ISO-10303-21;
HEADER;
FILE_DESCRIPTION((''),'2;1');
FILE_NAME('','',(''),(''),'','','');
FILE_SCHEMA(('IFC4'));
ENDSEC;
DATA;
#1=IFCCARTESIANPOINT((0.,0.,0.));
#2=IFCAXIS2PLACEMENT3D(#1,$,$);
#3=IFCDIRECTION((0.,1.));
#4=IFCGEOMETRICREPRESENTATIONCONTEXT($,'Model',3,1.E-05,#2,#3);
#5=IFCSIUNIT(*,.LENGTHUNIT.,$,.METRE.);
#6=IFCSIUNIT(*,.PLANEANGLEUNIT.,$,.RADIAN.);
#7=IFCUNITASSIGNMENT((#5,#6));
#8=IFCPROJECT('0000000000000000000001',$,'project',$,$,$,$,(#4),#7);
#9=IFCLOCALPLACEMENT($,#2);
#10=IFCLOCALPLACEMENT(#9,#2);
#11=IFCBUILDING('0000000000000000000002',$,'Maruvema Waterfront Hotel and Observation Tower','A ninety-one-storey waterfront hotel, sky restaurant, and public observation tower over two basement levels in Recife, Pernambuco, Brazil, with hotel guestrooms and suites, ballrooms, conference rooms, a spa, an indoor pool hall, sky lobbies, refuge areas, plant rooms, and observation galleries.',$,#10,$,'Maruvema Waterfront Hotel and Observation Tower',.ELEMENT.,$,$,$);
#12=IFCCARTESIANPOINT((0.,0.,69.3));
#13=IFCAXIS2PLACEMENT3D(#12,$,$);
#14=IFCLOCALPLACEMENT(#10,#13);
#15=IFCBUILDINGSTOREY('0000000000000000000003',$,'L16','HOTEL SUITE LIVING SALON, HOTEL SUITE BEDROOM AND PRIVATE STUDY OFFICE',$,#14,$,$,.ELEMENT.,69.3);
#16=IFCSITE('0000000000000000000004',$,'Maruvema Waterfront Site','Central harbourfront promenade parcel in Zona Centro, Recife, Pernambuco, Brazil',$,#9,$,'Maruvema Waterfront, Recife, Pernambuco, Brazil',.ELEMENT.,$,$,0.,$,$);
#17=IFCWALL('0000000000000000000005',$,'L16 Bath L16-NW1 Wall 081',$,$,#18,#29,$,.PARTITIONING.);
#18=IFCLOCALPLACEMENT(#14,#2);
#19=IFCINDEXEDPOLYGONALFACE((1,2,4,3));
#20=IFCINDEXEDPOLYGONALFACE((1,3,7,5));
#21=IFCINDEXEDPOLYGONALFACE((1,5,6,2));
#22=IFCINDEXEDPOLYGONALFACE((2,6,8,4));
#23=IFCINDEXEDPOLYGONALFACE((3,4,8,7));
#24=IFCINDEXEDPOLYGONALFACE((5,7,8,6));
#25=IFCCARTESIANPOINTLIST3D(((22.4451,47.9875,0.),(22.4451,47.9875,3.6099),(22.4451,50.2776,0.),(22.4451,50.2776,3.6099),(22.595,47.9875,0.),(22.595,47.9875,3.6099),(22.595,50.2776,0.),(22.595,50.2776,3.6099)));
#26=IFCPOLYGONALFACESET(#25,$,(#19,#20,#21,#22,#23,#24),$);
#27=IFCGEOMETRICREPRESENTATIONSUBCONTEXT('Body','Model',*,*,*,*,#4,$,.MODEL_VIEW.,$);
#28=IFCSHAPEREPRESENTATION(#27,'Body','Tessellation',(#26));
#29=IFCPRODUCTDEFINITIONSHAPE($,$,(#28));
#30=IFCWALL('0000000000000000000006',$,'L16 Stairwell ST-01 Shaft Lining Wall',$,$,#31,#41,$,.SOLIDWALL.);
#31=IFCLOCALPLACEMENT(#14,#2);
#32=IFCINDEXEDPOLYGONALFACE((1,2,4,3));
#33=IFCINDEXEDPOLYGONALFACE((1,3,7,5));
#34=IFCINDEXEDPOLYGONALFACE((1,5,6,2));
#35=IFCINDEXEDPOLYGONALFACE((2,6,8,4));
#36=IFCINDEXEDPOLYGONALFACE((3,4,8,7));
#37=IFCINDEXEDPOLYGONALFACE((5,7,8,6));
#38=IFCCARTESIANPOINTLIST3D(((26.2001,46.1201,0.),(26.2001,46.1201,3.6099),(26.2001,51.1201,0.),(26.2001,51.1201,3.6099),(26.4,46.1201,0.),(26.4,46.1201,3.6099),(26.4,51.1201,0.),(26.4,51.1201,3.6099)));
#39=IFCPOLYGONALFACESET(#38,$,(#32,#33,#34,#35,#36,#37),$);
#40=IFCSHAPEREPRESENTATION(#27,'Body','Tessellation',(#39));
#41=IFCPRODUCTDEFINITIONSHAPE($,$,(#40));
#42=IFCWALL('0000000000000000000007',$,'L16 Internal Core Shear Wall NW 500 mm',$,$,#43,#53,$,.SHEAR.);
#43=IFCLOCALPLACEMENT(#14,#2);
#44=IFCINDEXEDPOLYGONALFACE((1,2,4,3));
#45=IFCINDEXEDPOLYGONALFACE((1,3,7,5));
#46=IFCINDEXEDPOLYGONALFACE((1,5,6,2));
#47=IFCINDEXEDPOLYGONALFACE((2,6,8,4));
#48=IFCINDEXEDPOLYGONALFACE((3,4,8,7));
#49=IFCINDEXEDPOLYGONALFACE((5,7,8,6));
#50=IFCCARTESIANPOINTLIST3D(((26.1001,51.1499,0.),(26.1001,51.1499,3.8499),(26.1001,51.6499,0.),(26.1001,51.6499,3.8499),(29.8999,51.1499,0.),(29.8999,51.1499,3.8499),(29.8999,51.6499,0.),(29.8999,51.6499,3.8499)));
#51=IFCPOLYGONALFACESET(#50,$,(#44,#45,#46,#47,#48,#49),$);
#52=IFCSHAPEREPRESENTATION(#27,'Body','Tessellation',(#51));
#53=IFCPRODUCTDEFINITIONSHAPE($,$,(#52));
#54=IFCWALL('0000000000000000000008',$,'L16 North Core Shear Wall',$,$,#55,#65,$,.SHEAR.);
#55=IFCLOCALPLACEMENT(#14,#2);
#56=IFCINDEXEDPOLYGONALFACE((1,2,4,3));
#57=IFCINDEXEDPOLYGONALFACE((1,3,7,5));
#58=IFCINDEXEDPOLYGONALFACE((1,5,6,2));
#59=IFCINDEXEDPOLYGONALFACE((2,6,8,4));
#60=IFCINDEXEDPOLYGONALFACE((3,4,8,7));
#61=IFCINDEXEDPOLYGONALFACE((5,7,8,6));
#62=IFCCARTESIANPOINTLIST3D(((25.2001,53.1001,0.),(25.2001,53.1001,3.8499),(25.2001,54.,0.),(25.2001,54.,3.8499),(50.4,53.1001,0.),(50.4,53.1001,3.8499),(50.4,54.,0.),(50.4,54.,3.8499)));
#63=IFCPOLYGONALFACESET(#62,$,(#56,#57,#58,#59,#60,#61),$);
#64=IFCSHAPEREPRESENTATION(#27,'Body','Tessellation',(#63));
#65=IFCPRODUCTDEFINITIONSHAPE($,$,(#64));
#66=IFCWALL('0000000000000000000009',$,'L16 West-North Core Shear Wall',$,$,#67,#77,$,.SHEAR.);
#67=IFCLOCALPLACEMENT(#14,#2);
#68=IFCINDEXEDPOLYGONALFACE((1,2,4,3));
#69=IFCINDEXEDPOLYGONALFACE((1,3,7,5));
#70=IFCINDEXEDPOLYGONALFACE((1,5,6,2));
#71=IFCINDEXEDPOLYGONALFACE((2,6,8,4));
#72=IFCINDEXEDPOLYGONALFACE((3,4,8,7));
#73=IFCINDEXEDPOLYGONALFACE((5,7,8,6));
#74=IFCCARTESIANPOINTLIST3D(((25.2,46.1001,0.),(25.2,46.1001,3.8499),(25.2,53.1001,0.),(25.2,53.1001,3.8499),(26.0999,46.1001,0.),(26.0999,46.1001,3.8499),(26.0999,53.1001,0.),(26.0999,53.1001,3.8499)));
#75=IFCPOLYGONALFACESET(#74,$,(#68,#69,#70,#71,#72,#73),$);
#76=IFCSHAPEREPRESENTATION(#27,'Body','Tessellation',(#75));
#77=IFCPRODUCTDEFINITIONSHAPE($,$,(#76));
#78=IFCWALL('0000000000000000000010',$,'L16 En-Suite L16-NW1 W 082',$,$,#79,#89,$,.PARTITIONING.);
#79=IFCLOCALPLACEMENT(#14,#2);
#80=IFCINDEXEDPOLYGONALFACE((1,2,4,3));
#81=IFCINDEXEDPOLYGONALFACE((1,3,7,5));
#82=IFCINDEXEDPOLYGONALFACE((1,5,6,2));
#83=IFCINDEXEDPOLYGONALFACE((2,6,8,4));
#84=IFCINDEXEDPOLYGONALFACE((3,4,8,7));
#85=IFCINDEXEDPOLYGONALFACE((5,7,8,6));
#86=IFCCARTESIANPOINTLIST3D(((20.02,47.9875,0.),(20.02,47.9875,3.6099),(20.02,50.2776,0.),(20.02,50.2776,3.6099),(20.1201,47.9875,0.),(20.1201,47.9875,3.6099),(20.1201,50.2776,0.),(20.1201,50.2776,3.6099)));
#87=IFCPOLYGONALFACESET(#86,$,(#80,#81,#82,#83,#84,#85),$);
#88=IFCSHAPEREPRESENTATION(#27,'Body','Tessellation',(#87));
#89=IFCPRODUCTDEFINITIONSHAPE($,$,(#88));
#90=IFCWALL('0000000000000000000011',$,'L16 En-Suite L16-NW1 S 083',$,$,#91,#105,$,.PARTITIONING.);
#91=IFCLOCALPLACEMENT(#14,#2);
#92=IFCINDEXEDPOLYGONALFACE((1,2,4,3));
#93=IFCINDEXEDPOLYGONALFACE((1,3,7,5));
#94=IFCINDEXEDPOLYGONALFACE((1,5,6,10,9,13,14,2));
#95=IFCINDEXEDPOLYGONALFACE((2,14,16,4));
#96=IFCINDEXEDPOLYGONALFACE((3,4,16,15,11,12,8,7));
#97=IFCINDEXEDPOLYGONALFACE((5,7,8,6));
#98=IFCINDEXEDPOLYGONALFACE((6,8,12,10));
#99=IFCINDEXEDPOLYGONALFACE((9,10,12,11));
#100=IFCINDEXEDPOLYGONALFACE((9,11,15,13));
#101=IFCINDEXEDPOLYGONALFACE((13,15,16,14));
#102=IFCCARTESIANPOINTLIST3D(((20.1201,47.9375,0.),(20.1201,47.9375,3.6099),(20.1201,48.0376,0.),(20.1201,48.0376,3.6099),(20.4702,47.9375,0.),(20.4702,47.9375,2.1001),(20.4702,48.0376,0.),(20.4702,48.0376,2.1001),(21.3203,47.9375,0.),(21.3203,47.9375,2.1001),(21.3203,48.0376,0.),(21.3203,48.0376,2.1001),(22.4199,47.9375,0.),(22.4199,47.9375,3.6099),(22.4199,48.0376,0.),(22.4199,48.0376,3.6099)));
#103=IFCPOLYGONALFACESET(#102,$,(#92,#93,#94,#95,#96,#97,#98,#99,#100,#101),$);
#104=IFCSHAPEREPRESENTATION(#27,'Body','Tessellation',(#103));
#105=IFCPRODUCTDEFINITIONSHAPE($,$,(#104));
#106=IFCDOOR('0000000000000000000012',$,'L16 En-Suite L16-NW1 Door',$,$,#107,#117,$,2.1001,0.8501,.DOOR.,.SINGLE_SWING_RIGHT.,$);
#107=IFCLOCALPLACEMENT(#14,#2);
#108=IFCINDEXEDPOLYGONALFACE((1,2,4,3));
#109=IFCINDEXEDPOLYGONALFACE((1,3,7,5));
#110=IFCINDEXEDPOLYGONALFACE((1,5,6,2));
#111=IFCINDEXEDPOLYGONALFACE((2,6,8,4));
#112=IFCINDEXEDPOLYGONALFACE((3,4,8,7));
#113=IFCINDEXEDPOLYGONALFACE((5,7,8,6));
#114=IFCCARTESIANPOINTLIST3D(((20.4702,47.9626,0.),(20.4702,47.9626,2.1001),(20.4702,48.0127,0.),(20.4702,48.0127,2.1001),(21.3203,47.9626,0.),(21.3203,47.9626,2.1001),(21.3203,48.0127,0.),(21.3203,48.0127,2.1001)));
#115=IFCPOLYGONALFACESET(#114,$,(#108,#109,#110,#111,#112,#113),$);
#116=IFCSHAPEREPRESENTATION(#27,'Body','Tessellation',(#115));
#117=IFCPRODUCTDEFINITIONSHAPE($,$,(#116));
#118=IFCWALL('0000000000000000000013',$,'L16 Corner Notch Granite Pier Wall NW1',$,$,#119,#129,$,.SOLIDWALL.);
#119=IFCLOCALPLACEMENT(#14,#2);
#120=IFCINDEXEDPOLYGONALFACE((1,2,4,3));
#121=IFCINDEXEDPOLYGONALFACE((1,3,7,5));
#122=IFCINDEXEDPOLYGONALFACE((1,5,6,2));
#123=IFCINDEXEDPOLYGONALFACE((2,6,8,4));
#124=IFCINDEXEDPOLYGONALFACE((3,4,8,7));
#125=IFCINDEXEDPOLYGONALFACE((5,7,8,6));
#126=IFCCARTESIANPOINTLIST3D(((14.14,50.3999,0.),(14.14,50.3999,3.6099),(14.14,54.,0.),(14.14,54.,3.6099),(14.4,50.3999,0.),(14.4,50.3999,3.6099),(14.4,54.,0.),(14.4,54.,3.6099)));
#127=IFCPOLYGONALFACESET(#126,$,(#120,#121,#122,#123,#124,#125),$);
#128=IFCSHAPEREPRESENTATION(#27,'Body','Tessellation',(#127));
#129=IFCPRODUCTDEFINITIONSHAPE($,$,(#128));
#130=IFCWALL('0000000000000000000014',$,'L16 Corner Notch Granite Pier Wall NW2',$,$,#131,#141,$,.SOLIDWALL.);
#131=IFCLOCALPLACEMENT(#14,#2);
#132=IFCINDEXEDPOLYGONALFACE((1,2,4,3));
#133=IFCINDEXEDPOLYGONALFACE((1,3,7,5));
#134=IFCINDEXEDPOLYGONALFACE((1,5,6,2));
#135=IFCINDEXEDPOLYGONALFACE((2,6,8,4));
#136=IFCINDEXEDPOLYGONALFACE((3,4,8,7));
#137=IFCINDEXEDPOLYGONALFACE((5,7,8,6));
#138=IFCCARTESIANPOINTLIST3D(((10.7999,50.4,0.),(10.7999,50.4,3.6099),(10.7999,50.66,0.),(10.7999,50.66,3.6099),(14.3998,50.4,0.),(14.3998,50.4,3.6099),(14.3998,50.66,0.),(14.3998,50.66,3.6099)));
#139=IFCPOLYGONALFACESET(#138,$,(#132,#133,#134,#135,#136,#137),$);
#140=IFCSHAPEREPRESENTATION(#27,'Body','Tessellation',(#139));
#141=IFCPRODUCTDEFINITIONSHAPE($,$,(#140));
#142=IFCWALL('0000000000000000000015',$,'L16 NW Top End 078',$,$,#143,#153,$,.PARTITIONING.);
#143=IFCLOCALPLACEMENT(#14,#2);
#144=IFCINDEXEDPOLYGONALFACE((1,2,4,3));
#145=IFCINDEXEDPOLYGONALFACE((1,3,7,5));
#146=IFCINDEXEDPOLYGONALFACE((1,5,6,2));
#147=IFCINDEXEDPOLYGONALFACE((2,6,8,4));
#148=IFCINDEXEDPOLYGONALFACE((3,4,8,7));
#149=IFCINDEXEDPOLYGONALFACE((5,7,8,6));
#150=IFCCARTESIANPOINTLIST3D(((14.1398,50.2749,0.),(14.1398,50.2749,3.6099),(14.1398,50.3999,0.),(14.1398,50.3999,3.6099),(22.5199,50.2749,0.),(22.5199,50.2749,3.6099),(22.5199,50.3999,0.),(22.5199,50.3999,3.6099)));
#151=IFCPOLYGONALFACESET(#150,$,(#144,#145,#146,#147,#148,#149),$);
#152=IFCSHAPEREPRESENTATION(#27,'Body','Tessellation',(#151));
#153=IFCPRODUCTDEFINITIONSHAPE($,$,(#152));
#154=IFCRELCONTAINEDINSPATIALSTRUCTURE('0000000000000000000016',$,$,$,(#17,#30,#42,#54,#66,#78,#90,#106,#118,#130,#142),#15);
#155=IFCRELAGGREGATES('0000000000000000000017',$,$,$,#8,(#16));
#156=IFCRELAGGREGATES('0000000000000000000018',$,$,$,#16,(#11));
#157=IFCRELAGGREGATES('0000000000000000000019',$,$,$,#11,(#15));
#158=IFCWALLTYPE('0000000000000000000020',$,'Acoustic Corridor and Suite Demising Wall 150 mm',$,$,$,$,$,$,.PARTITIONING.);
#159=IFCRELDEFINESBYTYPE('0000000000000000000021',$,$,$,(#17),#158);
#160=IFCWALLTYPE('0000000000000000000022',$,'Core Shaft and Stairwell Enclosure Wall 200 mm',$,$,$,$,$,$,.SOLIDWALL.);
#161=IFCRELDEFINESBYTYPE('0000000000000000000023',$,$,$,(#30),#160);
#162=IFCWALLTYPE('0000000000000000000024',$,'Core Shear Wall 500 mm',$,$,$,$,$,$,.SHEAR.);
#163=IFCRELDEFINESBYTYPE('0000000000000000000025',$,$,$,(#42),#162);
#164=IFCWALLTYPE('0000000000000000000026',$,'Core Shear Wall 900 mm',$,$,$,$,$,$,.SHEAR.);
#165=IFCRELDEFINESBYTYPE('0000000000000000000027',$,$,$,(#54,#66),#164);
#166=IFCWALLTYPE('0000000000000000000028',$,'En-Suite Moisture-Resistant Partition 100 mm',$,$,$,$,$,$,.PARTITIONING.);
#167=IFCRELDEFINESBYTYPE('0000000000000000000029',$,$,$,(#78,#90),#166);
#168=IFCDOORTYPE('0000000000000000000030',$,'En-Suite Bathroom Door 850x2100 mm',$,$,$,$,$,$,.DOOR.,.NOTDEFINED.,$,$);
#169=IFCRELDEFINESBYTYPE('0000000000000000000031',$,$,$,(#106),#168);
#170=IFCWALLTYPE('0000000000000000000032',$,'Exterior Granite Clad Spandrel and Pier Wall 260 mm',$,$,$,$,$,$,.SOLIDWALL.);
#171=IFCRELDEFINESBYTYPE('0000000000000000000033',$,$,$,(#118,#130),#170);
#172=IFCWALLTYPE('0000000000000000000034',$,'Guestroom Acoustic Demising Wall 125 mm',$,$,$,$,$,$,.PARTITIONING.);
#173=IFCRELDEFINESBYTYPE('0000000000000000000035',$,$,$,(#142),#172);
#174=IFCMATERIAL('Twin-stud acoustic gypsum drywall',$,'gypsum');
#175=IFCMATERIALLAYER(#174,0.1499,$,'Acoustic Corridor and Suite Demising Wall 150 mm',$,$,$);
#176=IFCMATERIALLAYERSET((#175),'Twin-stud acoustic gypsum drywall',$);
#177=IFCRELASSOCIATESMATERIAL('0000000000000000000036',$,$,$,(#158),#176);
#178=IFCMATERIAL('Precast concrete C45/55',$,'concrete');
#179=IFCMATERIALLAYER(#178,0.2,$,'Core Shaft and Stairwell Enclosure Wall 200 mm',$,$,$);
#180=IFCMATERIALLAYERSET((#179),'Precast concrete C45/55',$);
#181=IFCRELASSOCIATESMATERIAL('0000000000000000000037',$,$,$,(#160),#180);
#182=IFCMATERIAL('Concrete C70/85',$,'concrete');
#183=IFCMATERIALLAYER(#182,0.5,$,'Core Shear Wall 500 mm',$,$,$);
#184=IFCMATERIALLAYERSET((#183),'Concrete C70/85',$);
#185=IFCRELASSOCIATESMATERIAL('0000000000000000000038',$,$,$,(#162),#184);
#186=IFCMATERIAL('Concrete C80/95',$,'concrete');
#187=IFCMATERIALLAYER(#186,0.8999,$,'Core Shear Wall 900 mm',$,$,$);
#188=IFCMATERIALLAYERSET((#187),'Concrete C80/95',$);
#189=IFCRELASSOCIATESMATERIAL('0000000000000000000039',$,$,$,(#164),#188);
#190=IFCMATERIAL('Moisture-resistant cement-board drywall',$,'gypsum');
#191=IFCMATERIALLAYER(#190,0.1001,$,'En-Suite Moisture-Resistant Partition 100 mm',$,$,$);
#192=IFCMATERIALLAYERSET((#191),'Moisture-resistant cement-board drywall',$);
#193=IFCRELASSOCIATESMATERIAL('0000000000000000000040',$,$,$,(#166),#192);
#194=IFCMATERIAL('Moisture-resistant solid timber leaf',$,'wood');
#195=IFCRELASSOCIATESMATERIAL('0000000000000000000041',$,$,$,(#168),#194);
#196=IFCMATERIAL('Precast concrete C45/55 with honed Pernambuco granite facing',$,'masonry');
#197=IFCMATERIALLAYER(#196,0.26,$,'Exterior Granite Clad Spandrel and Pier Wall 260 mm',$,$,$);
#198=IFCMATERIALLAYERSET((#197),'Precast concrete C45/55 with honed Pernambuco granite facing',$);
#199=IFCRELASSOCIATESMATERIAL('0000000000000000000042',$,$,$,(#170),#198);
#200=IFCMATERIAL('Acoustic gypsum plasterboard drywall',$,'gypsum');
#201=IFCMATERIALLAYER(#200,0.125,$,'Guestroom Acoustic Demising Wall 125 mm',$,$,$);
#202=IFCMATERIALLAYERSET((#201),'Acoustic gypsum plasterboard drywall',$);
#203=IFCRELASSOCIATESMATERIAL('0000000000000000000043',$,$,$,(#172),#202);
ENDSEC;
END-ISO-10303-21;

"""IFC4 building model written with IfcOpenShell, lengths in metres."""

from ifc_helpers import new_model, si_unit, direction, frame, frame_2d, origin, place, context, subcontext, project, spatial, rectangle, extrude, material, layer, layer_set, type_object, element, fill, save


model = new_model("IFC4")

# Units and contexts
model_context = context("Model", 3, precision=1e-05, world=origin(), true_north=direction((0.0, 1.0)))
body_context = subcontext(model_context, "Body", "Model", "MODEL_VIEW")
ifc_project = project(units=[si_unit("LENGTHUNIT", "METRE"), si_unit("PLANEANGLEUNIT", "RADIAN")], contexts=[model_context])

# Site, building, storey
site_placement = place(None, origin())
site = spatial("IfcSite", under=ifc_project, at=site_placement, Name="Maruvema Waterfront Site", Description="Central harbourfront promenade parcel in Zona Centro, Recife, Pernambuco, Brazil", LongName="Maruvema Waterfront, Recife, Pernambuco, Brazil", CompositionType="ELEMENT", RefElevation=0.0)
building_placement = place(site_placement, origin())
building = spatial("IfcBuilding", under=site, at=building_placement, Name="Maruvema Waterfront Hotel and Observation Tower", Description="A ninety-one-storey waterfront hotel, sky restaurant, and public observation tower over two basement levels in Recife, Pernambuco, Brazil, with hotel guestrooms and suites, ballrooms, conference rooms, a spa, an indoor pool hall, sky lobbies, refuge areas, plant rooms, and observation galleries.", LongName="Maruvema Waterfront Hotel and Observation Tower", CompositionType="ELEMENT")
storey_placement = place(building_placement, frame((0.0, 0.0, 69.3)))
storey = spatial("IfcBuildingStorey", under=building, at=storey_placement, Name="L16", Description="HOTEL SUITE LIVING SALON, HOTEL SUITE BEDROOM AND PRIVATE STUDY OFFICE", CompositionType="ELEMENT", Elevation=69.3)

# Walls
ifc_material_1 = material(Name="Twin-stud acoustic gypsum drywall", Category="gypsum")
ifc_layer_1 = layer(ifc_material_1, 0.1499, Name="Acoustic Corridor and Suite Demising Wall 150 mm")
ifc_layer_set_1 = layer_set([ifc_layer_1], Name="Twin-stud acoustic gypsum drywall")
wall_type_1 = type_object("IfcWallType", Name="Acoustic Corridor and Suite Demising Wall 150 mm", PredefinedType="PARTITIONING", material=ifc_layer_set_1)
wall_1_placement = place(storey_placement, frame((22.52, 47.9875, 0.0), z_axis=(0.0, 0.0, 1.0), x_axis=(0.0, 1.0, 0.0)))
element("IfcWall", 1, at=wall_1_placement, inside=storey, type_object=wall_type_1, Name="L16 Bath L16-NW1 Wall 081", PredefinedType="PARTITIONING", context=body_context, shape_type="SweptSolid", body=[
    extrude(rectangle(XDim=2.29, YDim=0.1499, at=frame_2d((1.145, 0.0))), origin(), (0.0, 0.0, 1.0), 3.6099),
])
ifc_material_2 = material(Name="Precast concrete C45/55", Category="concrete")
ifc_layer_2 = layer(ifc_material_2, 0.2, Name="Core Shaft and Stairwell Enclosure Wall 200 mm")
ifc_layer_set_2 = layer_set([ifc_layer_2], Name="Precast concrete C45/55")
wall_type_2 = type_object("IfcWallType", Name="Core Shaft and Stairwell Enclosure Wall 200 mm", PredefinedType="SOLIDWALL", material=ifc_layer_set_2)
wall_2_placement = place(storey_placement, frame((26.3, 46.1201, 0.0), z_axis=(0.0, 0.0, 1.0), x_axis=(0.0, 1.0, 0.0)))
element("IfcWall", 2, at=wall_2_placement, inside=storey, type_object=wall_type_2, Name="L16 Stairwell ST-01 Shaft Lining Wall", PredefinedType="SOLIDWALL", context=body_context, shape_type="SweptSolid", body=[
    extrude(rectangle(XDim=5.0, YDim=0.2, at=frame_2d((2.5, 0.0))), origin(), (0.0, 0.0, 1.0), 3.6099),
])
ifc_material_3 = material(Name="Concrete C70/85", Category="concrete")
ifc_layer_3 = layer(ifc_material_3, 0.5, Name="Core Shear Wall 500 mm")
ifc_layer_set_3 = layer_set([ifc_layer_3], Name="Concrete C70/85")
wall_type_3 = type_object("IfcWallType", Name="Core Shear Wall 500 mm", PredefinedType="SHEAR", material=ifc_layer_set_3)
wall_3_placement = place(storey_placement, frame((26.1001, 51.3999, 0.0), z_axis=(0.0, 0.0, 1.0), x_axis=(1.0, 0.0, 0.0)))
element("IfcWall", 3, at=wall_3_placement, inside=storey, type_object=wall_type_3, Name="L16 Internal Core Shear Wall NW 500 mm", PredefinedType="SHEAR", context=body_context, shape_type="SweptSolid", body=[
    extrude(rectangle(XDim=3.7998, YDim=0.5, at=frame_2d((1.8999, 0.0))), origin(), (0.0, 0.0, 1.0), 3.8499),
])
ifc_material_4 = material(Name="Concrete C80/95", Category="concrete")
ifc_layer_4 = layer(ifc_material_4, 0.8999, Name="Core Shear Wall 900 mm")
ifc_layer_set_4 = layer_set([ifc_layer_4], Name="Concrete C80/95")
wall_type_4 = type_object("IfcWallType", Name="Core Shear Wall 900 mm", PredefinedType="SHEAR", material=ifc_layer_set_4)
wall_4_placement = place(storey_placement, frame((25.2, 53.55, 0.0), z_axis=(0.0, 0.0, 1.0), x_axis=(1.0, 0.0, 0.0)))
element("IfcWall", 4, at=wall_4_placement, inside=storey, type_object=wall_type_4, Name="L16 North Core Shear Wall", PredefinedType="SHEAR", context=body_context, shape_type="SweptSolid", body=[
    extrude(rectangle(XDim=25.2, YDim=0.8999, at=frame_2d((12.6001, 0.0))), origin(), (0.0, 0.0, 1.0), 3.8499),
])
wall_5_placement = place(storey_placement, frame((25.6499, 46.1001, 0.0), z_axis=(0.0, 0.0, 1.0), x_axis=(0.0, 1.0, 0.0)))
element("IfcWall", 5, at=wall_5_placement, inside=storey, type_object=wall_type_4, Name="L16 West-North Core Shear Wall", PredefinedType="SHEAR", context=body_context, shape_type="SweptSolid", body=[
    extrude(rectangle(XDim=7.0, YDim=0.8999, at=frame_2d((3.5, 0.0))), origin(), (0.0, 0.0, 1.0), 3.8499),
])
ifc_material_5 = material(Name="Moisture-resistant cement-board drywall", Category="gypsum")
ifc_layer_5 = layer(ifc_material_5, 0.1001, Name="En-Suite Moisture-Resistant Partition 100 mm")
ifc_layer_set_5 = layer_set([ifc_layer_5], Name="Moisture-resistant cement-board drywall")
wall_type_5 = type_object("IfcWallType", Name="En-Suite Moisture-Resistant Partition 100 mm", PredefinedType="PARTITIONING", material=ifc_layer_set_5)
wall_6_placement = place(storey_placement, frame((20.0701, 47.9875, 0.0), z_axis=(0.0, 0.0, 1.0), x_axis=(0.0, 1.0, 0.0)))
element("IfcWall", 6, at=wall_6_placement, inside=storey, type_object=wall_type_5, Name="L16 En-Suite L16-NW1 W 082", PredefinedType="PARTITIONING", context=body_context, shape_type="SweptSolid", body=[
    extrude(rectangle(XDim=2.29, YDim=0.1001, at=frame_2d((1.145, 0.0))), origin(), (0.0, 0.0, 1.0), 3.6099),
])

# Wall, opening, door
wall_7_placement = place(storey_placement, frame((20.1201, 47.9875, 0.0), z_axis=(0.0, 0.0, 1.0), x_axis=(1.0, 0.0, 0.0)))
wall_7 = element("IfcWall", 7, at=wall_7_placement, inside=storey, type_object=wall_type_5, Name="L16 En-Suite L16-NW1 S 083", PredefinedType="PARTITIONING", context=body_context, shape_type="SweptSolid", body=[
    extrude(rectangle(XDim=2.2998, YDim=0.1001, at=frame_2d((1.1499, 0.0))), origin(), (0.0, 0.0, 1.0), 3.6099),
])
opening_placement = place(wall_7_placement, frame((0.3501, 0.0, 0.0)))
opening = element("IfcOpeningElement", 8, at=opening_placement, cuts=wall_7, PredefinedType="OPENING", context=body_context, shape_type="SweptSolid", body=[
    extrude(rectangle(XDim=0.8501, YDim=2.1001, at=frame_2d((0.425, 1.05))), frame((0.0, 0.0601, 0.0), z_axis=(0.0, -1.0, 0.0), x_axis=(1.0, 0.0, 0.0)), (0.0, 0.0, 1.0), 0.1201),
])
ifc_material_6 = material(Name="Moisture-resistant solid timber leaf", Category="wood")
door_type = type_object("IfcDoorType", Name="En-Suite Bathroom Door 850x2100 mm", OperationType="NOTDEFINED", PredefinedType="DOOR", material=ifc_material_6)
door_placement = place(opening_placement, frame((0.8501, 0.0, 0.0), z_axis=(0.0, 0.0, 1.0), x_axis=(-1.0, 0.0, 0.0)))
door = element("IfcDoor", 9, at=door_placement, inside=storey, type_object=door_type, Name="L16 En-Suite L16-NW1 Door", OperationType="SINGLE_SWING_RIGHT", OverallHeight=2.1001, OverallWidth=0.8501, PredefinedType="DOOR", context=body_context, shape_type="SweptSolid", body=[
    extrude(rectangle(XDim=0.8501, YDim=2.1001, at=frame_2d((0.425, 1.05))), frame((0.0, 0.0249, 0.0), z_axis=(0.0, -1.0, 0.0), x_axis=(1.0, 0.0, 0.0)), (0.0, 0.0, 1.0), 0.05),
])
fill(opening, door)

# Walls
ifc_material_7 = material(Name="Precast concrete C45/55 with honed Pernambuco granite facing", Category="masonry")
ifc_layer_6 = layer(ifc_material_7, 0.26, Name="Exterior Granite Clad Spandrel and Pier Wall 260 mm")
ifc_layer_set_6 = layer_set([ifc_layer_6], Name="Precast concrete C45/55 with honed Pernambuco granite facing")
wall_type_6 = type_object("IfcWallType", Name="Exterior Granite Clad Spandrel and Pier Wall 260 mm", PredefinedType="SOLIDWALL", material=ifc_layer_set_6)
wall_8_placement = place(storey_placement, frame((14.27, 50.3999, 0.0), z_axis=(0.0, 0.0, 1.0), x_axis=(0.0, 1.0, 0.0)))
element("IfcWall", 10, at=wall_8_placement, inside=storey, type_object=wall_type_6, Name="L16 Corner Notch Granite Pier Wall NW1", PredefinedType="SOLIDWALL", context=body_context, shape_type="SweptSolid", body=[
    extrude(rectangle(XDim=3.6001, YDim=0.26, at=frame_2d((1.8, 0.0))), origin(), (0.0, 0.0, 1.0), 3.6099),
])
wall_9_placement = place(storey_placement, frame((10.8, 50.53, 0.0), z_axis=(0.0, 0.0, 1.0), x_axis=(1.0, 0.0, 0.0)))
element("IfcWall", 11, at=wall_9_placement, inside=storey, type_object=wall_type_6, Name="L16 Corner Notch Granite Pier Wall NW2", PredefinedType="SOLIDWALL", context=body_context, shape_type="SweptSolid", body=[
    extrude(rectangle(XDim=3.5999, YDim=0.26, at=frame_2d((1.7998, 0.0))), origin(), (0.0, 0.0, 1.0), 3.6099),
])
ifc_material_8 = material(Name="Acoustic gypsum plasterboard drywall", Category="gypsum")
ifc_layer_7 = layer(ifc_material_8, 0.125, Name="Guestroom Acoustic Demising Wall 125 mm")
ifc_layer_set_7 = layer_set([ifc_layer_7], Name="Acoustic gypsum plasterboard drywall")
wall_type_7 = type_object("IfcWallType", Name="Guestroom Acoustic Demising Wall 125 mm", PredefinedType="PARTITIONING", material=ifc_layer_set_7)
wall_10_placement = place(storey_placement, frame((14.1399, 50.3374, 0.0), z_axis=(0.0, 0.0, 1.0), x_axis=(1.0, 0.0, 0.0)))
element("IfcWall", 12, at=wall_10_placement, inside=storey, type_object=wall_type_7, Name="L16 NW Top End 078", PredefinedType="PARTITIONING", context=body_context, shape_type="SweptSolid", body=[
    extrude(rectangle(XDim=8.3801, YDim=0.125, at=frame_2d((4.1899, 0.0))), origin(), (0.0, 0.0, 1.0), 3.6099),
])

save(model, "model.ifc")
